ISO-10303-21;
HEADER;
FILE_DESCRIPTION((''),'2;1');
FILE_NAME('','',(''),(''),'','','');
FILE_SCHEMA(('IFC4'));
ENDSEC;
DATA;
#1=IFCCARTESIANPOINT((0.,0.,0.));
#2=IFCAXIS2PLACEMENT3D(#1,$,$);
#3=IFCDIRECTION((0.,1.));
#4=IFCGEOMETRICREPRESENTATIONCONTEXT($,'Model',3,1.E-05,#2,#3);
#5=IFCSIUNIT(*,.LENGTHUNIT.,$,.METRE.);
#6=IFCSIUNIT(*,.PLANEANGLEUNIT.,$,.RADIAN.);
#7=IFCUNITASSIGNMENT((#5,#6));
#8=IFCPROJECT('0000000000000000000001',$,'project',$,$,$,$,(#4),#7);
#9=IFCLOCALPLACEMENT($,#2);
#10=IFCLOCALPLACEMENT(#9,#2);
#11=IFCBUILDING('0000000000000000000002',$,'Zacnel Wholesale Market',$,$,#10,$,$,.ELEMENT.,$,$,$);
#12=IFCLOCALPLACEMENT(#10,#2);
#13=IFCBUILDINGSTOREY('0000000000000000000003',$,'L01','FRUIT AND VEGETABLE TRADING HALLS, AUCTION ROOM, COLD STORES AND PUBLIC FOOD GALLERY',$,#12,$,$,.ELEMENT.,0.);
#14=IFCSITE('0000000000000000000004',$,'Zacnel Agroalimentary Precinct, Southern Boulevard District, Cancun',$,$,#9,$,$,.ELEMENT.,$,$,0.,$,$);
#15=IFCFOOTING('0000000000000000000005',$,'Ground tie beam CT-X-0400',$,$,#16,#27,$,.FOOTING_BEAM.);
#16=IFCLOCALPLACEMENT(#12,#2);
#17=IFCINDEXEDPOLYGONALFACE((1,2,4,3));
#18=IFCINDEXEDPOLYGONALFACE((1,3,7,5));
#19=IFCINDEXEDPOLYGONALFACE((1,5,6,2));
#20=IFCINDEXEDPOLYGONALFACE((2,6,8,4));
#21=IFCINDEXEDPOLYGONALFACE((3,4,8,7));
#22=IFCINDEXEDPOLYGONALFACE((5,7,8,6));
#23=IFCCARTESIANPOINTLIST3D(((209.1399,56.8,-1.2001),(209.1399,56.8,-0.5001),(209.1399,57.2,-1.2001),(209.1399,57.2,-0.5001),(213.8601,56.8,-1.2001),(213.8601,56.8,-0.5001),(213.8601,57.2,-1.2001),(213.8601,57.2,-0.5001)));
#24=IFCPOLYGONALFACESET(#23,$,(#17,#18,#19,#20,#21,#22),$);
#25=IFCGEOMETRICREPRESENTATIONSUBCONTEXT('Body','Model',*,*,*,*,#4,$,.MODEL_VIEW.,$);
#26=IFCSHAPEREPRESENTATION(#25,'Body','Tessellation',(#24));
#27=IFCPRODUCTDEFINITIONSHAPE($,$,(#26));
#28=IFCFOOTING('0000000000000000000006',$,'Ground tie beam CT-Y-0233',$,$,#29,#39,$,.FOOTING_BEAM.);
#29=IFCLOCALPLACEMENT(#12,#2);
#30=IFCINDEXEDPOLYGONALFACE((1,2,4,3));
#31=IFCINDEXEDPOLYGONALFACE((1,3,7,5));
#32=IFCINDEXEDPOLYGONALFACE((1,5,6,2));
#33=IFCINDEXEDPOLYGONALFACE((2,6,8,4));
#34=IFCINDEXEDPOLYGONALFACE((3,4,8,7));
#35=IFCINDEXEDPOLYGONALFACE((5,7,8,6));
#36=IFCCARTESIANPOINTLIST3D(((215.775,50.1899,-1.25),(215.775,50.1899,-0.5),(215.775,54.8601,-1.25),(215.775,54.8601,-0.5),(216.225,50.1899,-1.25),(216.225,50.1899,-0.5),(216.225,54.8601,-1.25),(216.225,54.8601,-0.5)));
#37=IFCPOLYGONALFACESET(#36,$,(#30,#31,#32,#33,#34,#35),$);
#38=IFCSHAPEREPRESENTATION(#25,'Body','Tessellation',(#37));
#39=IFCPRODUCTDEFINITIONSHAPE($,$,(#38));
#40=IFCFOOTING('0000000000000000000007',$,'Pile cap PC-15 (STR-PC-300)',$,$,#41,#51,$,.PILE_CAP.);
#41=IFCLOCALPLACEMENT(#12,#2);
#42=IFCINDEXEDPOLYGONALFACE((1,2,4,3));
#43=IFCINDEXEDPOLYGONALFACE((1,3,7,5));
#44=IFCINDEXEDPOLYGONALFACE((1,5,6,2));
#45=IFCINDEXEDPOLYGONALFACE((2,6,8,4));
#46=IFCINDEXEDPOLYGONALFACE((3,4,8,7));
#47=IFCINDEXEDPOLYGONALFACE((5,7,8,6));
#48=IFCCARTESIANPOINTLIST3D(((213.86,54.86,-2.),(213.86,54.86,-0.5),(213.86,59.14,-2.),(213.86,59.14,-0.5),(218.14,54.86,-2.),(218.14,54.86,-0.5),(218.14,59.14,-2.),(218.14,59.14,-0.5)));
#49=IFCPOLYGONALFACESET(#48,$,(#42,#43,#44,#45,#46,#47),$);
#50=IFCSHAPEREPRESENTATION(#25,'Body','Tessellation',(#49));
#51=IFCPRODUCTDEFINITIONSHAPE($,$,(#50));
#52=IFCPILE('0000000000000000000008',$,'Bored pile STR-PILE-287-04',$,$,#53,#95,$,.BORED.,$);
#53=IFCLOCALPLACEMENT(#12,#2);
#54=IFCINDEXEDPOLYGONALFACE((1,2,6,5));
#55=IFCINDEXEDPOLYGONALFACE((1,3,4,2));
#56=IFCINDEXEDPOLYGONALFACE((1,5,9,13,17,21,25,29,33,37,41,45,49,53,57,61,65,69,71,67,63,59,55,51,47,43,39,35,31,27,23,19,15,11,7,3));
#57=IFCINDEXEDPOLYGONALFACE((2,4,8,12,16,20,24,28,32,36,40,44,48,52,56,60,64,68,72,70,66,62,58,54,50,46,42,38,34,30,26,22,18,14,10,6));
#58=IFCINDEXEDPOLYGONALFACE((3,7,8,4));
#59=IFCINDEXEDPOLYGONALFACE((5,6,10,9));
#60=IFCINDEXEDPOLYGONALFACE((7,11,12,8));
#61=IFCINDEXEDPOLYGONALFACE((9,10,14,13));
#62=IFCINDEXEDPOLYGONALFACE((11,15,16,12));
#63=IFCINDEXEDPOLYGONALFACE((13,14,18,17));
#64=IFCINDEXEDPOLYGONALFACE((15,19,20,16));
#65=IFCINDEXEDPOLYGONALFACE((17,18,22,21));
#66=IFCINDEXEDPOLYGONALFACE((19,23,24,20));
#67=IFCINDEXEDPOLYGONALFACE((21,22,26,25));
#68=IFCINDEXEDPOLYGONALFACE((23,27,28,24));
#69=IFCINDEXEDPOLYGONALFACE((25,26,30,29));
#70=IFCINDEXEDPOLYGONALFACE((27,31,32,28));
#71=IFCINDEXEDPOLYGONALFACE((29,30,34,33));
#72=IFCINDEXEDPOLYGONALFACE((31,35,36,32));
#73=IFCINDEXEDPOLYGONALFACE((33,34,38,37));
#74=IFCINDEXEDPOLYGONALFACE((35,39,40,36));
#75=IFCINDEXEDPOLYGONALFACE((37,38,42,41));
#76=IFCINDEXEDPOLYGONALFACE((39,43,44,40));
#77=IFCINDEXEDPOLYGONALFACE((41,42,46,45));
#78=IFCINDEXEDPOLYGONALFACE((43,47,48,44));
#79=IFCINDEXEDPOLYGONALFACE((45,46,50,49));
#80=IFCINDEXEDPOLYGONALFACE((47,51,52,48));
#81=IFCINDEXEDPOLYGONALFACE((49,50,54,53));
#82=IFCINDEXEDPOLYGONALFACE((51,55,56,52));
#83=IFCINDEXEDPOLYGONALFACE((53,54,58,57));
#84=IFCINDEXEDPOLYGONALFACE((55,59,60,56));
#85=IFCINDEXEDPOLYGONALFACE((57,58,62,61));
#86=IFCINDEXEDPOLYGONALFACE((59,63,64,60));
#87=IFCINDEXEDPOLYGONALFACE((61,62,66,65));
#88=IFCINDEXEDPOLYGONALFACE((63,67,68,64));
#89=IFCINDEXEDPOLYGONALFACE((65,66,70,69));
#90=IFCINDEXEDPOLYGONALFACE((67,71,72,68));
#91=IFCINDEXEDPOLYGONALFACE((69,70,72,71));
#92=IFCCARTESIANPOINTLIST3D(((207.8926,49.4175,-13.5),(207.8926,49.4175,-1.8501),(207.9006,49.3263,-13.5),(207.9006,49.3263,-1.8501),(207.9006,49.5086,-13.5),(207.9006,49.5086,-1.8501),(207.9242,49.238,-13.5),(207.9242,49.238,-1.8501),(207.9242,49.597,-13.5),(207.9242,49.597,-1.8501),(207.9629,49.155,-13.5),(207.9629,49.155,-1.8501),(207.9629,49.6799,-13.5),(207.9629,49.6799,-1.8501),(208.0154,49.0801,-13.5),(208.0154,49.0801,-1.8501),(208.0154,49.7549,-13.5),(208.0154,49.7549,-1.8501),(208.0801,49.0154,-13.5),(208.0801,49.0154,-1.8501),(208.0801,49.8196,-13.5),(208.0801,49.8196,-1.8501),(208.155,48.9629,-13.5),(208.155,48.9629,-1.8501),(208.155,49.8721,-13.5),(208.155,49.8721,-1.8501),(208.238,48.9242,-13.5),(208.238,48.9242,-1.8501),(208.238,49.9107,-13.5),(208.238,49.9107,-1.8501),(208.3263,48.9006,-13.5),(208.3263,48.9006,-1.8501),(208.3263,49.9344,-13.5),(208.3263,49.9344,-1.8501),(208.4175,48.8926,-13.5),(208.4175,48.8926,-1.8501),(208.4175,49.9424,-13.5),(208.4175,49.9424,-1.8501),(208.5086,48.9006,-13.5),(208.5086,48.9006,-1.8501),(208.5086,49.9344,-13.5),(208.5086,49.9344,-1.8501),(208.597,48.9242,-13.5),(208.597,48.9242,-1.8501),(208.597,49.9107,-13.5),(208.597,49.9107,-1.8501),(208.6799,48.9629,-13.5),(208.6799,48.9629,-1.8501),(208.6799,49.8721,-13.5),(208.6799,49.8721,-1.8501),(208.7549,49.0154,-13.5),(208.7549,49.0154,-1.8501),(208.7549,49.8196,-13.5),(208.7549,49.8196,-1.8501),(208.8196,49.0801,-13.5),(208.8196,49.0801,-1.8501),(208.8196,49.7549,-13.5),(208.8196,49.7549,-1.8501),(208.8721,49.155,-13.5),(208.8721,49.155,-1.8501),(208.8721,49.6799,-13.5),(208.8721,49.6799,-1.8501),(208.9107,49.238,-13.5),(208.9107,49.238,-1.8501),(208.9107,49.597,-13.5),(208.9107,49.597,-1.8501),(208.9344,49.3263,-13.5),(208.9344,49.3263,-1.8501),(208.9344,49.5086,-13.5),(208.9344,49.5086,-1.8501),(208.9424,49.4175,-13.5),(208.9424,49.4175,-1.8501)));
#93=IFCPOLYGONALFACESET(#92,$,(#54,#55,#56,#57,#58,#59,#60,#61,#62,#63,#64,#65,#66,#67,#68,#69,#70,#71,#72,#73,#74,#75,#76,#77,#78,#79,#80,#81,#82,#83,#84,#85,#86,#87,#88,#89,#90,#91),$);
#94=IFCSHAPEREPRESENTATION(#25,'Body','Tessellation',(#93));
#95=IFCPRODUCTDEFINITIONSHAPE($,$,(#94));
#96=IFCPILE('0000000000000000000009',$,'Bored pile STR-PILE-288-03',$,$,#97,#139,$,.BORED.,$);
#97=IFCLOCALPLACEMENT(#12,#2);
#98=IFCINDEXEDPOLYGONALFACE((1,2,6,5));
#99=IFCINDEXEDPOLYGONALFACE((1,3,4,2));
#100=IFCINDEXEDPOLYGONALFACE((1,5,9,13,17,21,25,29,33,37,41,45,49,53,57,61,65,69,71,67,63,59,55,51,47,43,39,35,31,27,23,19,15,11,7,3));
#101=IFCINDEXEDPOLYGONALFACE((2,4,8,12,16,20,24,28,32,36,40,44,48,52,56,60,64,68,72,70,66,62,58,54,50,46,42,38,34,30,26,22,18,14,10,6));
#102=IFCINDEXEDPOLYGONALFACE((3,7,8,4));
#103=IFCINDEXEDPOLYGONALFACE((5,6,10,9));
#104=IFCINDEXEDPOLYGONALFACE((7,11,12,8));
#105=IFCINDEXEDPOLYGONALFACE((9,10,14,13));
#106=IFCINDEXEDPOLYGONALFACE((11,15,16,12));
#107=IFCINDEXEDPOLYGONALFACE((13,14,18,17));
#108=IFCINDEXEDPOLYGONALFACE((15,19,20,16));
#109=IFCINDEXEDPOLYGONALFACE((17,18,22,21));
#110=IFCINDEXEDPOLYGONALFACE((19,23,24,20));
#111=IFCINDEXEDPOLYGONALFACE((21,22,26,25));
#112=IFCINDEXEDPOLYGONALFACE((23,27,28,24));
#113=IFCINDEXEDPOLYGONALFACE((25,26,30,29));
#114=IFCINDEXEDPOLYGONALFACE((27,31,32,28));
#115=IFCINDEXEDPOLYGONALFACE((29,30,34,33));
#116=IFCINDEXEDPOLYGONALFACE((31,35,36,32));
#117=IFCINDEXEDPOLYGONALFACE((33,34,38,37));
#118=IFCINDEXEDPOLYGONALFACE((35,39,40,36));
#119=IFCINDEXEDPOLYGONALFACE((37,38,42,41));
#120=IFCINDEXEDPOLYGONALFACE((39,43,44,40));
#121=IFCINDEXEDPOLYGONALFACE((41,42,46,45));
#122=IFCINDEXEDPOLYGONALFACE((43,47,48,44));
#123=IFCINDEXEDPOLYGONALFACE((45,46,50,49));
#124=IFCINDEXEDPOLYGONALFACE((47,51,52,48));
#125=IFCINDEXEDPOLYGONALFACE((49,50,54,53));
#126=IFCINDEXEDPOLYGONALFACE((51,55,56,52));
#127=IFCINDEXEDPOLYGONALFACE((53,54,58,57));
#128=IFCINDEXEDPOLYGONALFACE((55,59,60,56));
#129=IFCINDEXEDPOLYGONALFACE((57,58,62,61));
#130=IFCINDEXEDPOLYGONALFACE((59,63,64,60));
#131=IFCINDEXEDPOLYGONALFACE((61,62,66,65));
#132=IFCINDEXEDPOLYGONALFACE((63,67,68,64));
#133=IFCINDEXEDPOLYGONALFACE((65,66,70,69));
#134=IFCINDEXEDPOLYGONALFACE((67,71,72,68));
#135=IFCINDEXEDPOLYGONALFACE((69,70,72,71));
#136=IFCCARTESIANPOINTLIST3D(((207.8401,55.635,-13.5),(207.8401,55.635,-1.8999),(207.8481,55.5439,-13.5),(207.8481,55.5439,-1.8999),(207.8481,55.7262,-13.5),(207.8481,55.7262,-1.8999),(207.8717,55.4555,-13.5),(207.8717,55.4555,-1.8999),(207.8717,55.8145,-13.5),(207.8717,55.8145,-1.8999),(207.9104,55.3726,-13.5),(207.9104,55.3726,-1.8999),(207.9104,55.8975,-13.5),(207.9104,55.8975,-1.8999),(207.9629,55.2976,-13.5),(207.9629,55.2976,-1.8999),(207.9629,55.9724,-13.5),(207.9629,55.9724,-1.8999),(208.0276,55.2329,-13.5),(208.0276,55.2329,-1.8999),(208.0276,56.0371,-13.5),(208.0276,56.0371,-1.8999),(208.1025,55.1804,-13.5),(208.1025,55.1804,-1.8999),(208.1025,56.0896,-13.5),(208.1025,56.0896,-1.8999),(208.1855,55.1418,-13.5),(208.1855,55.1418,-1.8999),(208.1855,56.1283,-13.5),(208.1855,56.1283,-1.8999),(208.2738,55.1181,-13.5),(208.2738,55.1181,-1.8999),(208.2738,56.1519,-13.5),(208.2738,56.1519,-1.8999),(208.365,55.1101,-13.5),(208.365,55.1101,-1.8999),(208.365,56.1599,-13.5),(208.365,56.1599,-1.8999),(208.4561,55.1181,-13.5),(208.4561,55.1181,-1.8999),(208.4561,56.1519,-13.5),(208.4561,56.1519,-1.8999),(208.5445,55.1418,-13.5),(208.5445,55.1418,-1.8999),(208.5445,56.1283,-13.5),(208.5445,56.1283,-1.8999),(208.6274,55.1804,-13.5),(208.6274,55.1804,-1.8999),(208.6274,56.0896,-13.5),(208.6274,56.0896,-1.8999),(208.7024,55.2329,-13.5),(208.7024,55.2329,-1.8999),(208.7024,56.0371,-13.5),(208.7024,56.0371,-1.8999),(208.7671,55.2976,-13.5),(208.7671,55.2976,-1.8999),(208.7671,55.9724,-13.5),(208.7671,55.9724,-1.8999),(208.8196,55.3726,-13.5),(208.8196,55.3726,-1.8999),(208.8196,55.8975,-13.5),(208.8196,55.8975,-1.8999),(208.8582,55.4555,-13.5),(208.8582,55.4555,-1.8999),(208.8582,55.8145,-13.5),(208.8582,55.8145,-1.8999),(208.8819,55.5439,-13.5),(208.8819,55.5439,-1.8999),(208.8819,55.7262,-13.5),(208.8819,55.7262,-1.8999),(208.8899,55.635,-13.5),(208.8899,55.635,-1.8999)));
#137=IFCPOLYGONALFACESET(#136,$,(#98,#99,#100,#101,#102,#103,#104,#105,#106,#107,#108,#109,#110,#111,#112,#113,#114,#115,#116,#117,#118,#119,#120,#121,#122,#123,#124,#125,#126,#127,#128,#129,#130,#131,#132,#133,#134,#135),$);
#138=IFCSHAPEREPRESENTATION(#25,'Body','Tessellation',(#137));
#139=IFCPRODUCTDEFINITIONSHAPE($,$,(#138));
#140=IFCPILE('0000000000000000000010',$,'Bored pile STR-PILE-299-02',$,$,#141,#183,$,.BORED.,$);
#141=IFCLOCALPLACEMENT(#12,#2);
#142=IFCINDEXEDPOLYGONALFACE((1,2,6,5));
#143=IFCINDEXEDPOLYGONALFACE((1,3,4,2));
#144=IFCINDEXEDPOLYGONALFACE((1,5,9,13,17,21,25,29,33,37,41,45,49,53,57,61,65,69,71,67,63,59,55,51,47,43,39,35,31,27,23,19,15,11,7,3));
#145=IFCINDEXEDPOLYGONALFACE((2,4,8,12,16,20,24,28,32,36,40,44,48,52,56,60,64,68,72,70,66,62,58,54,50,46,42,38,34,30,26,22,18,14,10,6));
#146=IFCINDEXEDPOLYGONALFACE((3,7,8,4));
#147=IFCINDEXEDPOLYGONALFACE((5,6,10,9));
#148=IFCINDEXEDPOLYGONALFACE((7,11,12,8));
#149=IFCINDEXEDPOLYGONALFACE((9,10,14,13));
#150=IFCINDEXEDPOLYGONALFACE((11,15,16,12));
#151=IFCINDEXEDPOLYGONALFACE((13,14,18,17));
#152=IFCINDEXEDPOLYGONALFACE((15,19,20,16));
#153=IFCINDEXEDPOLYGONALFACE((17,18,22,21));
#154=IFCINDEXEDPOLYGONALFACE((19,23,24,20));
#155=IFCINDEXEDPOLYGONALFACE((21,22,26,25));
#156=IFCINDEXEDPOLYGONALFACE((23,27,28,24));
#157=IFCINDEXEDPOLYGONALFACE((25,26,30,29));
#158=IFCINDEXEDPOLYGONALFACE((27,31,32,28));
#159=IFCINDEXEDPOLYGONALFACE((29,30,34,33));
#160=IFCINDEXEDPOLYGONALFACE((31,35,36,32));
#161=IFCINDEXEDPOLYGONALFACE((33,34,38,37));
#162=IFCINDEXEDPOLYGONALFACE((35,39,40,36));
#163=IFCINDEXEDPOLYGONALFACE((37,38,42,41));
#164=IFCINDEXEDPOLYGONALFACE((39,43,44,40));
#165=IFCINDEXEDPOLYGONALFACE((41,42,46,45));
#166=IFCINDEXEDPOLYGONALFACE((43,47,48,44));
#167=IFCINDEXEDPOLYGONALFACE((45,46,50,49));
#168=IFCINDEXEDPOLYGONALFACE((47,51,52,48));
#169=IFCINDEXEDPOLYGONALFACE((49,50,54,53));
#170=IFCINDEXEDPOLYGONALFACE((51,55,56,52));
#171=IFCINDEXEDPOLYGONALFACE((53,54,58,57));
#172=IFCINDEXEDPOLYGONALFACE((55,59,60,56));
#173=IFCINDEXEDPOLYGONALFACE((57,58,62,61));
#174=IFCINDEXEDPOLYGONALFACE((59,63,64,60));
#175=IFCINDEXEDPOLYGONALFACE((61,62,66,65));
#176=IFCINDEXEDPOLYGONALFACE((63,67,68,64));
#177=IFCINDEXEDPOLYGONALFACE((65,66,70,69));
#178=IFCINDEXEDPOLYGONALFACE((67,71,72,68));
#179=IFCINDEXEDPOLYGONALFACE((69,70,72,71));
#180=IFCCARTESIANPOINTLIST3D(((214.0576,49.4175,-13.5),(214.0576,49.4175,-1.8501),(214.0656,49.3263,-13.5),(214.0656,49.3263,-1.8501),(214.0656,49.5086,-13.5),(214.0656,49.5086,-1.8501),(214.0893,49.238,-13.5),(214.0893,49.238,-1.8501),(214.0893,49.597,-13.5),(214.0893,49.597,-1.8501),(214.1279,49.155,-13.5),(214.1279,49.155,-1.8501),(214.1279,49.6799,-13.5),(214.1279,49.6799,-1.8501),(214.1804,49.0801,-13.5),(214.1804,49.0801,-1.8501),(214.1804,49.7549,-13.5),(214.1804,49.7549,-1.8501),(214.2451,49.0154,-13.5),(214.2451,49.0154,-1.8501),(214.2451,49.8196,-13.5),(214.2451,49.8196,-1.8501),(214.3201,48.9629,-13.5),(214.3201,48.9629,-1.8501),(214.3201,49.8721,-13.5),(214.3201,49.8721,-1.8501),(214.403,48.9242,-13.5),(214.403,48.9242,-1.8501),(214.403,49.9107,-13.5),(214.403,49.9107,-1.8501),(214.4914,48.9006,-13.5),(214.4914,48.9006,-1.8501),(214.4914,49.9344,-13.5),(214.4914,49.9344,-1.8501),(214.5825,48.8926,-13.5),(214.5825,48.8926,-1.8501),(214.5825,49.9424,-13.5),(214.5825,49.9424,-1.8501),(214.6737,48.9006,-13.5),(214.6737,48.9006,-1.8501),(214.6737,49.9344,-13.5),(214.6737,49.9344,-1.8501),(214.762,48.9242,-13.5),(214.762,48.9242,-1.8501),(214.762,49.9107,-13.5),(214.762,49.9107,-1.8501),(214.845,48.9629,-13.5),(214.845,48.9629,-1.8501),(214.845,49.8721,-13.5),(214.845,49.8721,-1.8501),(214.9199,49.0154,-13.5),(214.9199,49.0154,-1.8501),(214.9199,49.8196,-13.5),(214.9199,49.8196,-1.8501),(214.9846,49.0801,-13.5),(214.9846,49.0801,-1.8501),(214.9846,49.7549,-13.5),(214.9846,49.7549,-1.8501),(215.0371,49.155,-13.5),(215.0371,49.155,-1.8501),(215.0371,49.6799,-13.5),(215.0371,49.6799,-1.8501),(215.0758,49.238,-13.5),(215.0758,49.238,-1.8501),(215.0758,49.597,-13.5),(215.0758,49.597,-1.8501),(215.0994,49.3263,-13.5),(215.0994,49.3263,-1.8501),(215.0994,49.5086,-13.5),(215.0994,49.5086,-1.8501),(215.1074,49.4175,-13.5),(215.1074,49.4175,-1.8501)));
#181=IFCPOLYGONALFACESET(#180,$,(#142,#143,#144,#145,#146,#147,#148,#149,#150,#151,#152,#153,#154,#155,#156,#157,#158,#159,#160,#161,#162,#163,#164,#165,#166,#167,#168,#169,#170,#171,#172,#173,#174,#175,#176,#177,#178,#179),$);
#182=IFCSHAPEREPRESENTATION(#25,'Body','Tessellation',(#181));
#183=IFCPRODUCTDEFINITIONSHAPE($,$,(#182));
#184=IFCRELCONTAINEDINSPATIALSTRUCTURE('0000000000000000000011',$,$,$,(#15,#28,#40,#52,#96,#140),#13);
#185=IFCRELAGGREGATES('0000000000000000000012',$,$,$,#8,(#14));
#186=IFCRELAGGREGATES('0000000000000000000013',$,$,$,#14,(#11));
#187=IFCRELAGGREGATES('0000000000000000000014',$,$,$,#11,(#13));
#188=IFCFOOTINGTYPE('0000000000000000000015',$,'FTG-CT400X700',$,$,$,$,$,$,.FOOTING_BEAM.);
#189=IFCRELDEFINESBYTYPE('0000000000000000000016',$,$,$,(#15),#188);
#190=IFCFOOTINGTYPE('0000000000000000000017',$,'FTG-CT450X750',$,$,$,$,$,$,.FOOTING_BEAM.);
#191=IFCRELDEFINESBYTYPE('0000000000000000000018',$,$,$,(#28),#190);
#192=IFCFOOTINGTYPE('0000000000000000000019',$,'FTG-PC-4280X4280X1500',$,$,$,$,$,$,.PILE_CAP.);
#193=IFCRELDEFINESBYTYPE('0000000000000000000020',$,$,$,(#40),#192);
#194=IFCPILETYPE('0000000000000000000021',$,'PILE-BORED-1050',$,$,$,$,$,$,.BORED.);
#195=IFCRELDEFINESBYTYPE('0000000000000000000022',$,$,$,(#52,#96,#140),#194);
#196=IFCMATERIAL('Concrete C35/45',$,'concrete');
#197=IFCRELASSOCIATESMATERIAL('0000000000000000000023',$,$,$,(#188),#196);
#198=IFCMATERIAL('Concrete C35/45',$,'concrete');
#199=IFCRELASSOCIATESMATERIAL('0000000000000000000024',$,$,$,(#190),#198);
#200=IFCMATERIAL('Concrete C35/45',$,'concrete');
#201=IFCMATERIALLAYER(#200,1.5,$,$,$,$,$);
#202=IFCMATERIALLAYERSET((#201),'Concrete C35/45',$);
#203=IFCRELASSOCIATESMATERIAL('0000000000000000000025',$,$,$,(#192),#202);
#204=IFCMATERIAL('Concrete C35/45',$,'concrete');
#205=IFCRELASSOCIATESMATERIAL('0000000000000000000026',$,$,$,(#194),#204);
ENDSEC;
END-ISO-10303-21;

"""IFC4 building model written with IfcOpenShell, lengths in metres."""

from ifc_helpers import new_model, si_unit, direction, frame, origin, origin_2d, place, context, subcontext, project, spatial, rectangle, circle, extrude, material, layer, layer_set, material_profile, profile_set, type_object, element, save


model = new_model("IFC4")

# Units and contexts
model_context = context("Model", 3, precision=1e-05, world=origin(), true_north=direction((0.0, 1.0)))
body_context = subcontext(model_context, "Body", "Model", "MODEL_VIEW")
ifc_project = project(units=[si_unit("LENGTHUNIT", "METRE"), si_unit("PLANEANGLEUNIT", "RADIAN")], contexts=[model_context])

# Site, building, storey
site_placement = place(None, origin())
site = spatial("IfcSite", under=ifc_project, at=site_placement, Name="Zacnel Agroalimentary Precinct, Southern Boulevard District, Cancun", CompositionType="ELEMENT", RefElevation=0.0)
building_placement = place(site_placement, origin())
building = spatial("IfcBuilding", under=site, at=building_placement, Name="Zacnel Wholesale Market", CompositionType="ELEMENT")
storey_placement = place(building_placement, origin())
storey = spatial("IfcBuildingStorey", under=building, at=storey_placement, Name="L01", Description="FRUIT AND VEGETABLE TRADING HALLS, AUCTION ROOM, COLD STORES AND PUBLIC FOOD GALLERY", CompositionType="ELEMENT", Elevation=0.0)

# Footings
ifc_material_1 = material(Name="Concrete C35/45", Category="concrete")
ifc_material_profile_1 = material_profile(ifc_material_1, rectangle(XDim=0.3999, YDim=0.7, at=origin_2d()), Name="CT 400x700")
ifc_profile_set_1 = profile_set([ifc_material_profile_1], Name="Concrete C35/45")
footing_type_1 = type_object("IfcFootingType", Name="FTG-CT400X700", PredefinedType="FOOTING_BEAM", material=ifc_profile_set_1)
footing_1_placement = place(storey_placement, frame((209.1399, 57.0, -0.8501), z_axis=(1.0, 0.0, 0.0), x_axis=(0.0, 1.0, 0.0)))
element("IfcFooting", 1, at=footing_1_placement, inside=storey, type_object=footing_type_1, Name="Ground tie beam CT-X-0400", PredefinedType="FOOTING_BEAM", context=body_context, shape_type="SweptSolid", body=[
    extrude(rectangle(XDim=0.3999, YDim=0.7, at=origin_2d()), origin(), (0.0, 0.0, 1.0), 4.7202),
])
ifc_material_2 = material(Name="Concrete C35/45", Category="concrete")
ifc_material_profile_2 = material_profile(ifc_material_2, rectangle(XDim=0.45, YDim=0.75, at=origin_2d()), Name="CT 450x750")
ifc_profile_set_2 = profile_set([ifc_material_profile_2], Name="Concrete C35/45")
footing_type_2 = type_object("IfcFootingType", Name="FTG-CT450X750", PredefinedType="FOOTING_BEAM", material=ifc_profile_set_2)
footing_2_placement = place(storey_placement, frame((216.0, 50.1899, -0.875), z_axis=(0.0, 1.0, 0.0), x_axis=(-1.0, 0.0, 0.0)))
element("IfcFooting", 2, at=footing_2_placement, inside=storey, type_object=footing_type_2, Name="Ground tie beam CT-Y-0233", PredefinedType="FOOTING_BEAM", context=body_context, shape_type="SweptSolid", body=[
    extrude(rectangle(XDim=0.45, YDim=0.75, at=origin_2d()), origin(), (0.0, 0.0, 1.0), 4.6702),
])
ifc_material_3 = material(Name="Concrete C35/45", Category="concrete")
ifc_layer_1 = layer(ifc_material_3, 1.5)
ifc_layer_set_1 = layer_set([ifc_layer_1], Name="Concrete C35/45")
footing_type_3 = type_object("IfcFootingType", Name="FTG-PC-4280X4280X1500", PredefinedType="PILE_CAP", material=ifc_layer_set_1)
footing_3_placement = place(storey_placement, frame((216.0, 57.0, -2.0), z_axis=(0.0, 0.0, 1.0), x_axis=(1.0, 0.0, 0.0)))
element("IfcFooting", 3, at=footing_3_placement, inside=storey, type_object=footing_type_3, Name="Pile cap PC-15 (STR-PC-300)", PredefinedType="PILE_CAP", context=body_context, shape_type="SweptSolid", body=[
    extrude(rectangle(XDim=4.28, YDim=4.28, at=origin_2d()), origin(), (0.0, 0.0, 1.0), 1.5),
])

# Piles
ifc_material_4 = material(Name="Concrete C35/45", Category="concrete")
ifc_material_profile_3 = material_profile(ifc_material_4, circle(Radius=0.5249, at=origin_2d()), Name="BORED PILE D1050")
ifc_profile_set_3 = profile_set([ifc_material_profile_3], Name="Concrete C35/45")
pile_type = type_object("IfcPileType", Name="PILE-BORED-1050", PredefinedType="BORED", material=ifc_profile_set_3)
pile_1_placement = place(storey_placement, frame((208.4175, 49.4175, -1.8501), z_axis=(0.0, 0.0, -1.0), x_axis=(1.0, 0.0, 0.0)))
element("IfcPile", 4, at=pile_1_placement, inside=storey, type_object=pile_type, Name="Bored pile STR-PILE-287-04", PredefinedType="BORED", context=body_context, shape_type="SweptSolid", body=[
    extrude(circle(Radius=0.5249, at=origin_2d()), origin(), (0.0, 0.0, 1.0), 11.6499),
])
pile_2_placement = place(storey_placement, frame((208.365, 55.635, -1.8999), z_axis=(0.0, 0.0, -1.0), x_axis=(1.0, 0.0, 0.0)))
element("IfcPile", 5, at=pile_2_placement, inside=storey, type_object=pile_type, Name="Bored pile STR-PILE-288-03", PredefinedType="BORED", context=body_context, shape_type="SweptSolid", body=[
    extrude(circle(Radius=0.5249, at=origin_2d()), origin(), (0.0, 0.0, 1.0), 11.6001),
])
for number, where, z_axis, x_axis, name in (
    (6, (214.5825, 49.4175, -1.8501), (0.0, 0.0, -1.0), (1.0, 0.0, 0.0), "Bored pile STR-PILE-299-02"),
):
    element("IfcPile", number, at=place(storey_placement, frame(where, z_axis=z_axis, x_axis=x_axis)), inside=storey, type_object=pile_type, Name=name, PredefinedType="BORED", context=body_context, shape_type="SweptSolid", body=[
        extrude(circle(Radius=0.5249, at=origin_2d()), origin(), (0.0, 0.0, 1.0), 11.6499),
    ])

save(model, "model.ifc")
